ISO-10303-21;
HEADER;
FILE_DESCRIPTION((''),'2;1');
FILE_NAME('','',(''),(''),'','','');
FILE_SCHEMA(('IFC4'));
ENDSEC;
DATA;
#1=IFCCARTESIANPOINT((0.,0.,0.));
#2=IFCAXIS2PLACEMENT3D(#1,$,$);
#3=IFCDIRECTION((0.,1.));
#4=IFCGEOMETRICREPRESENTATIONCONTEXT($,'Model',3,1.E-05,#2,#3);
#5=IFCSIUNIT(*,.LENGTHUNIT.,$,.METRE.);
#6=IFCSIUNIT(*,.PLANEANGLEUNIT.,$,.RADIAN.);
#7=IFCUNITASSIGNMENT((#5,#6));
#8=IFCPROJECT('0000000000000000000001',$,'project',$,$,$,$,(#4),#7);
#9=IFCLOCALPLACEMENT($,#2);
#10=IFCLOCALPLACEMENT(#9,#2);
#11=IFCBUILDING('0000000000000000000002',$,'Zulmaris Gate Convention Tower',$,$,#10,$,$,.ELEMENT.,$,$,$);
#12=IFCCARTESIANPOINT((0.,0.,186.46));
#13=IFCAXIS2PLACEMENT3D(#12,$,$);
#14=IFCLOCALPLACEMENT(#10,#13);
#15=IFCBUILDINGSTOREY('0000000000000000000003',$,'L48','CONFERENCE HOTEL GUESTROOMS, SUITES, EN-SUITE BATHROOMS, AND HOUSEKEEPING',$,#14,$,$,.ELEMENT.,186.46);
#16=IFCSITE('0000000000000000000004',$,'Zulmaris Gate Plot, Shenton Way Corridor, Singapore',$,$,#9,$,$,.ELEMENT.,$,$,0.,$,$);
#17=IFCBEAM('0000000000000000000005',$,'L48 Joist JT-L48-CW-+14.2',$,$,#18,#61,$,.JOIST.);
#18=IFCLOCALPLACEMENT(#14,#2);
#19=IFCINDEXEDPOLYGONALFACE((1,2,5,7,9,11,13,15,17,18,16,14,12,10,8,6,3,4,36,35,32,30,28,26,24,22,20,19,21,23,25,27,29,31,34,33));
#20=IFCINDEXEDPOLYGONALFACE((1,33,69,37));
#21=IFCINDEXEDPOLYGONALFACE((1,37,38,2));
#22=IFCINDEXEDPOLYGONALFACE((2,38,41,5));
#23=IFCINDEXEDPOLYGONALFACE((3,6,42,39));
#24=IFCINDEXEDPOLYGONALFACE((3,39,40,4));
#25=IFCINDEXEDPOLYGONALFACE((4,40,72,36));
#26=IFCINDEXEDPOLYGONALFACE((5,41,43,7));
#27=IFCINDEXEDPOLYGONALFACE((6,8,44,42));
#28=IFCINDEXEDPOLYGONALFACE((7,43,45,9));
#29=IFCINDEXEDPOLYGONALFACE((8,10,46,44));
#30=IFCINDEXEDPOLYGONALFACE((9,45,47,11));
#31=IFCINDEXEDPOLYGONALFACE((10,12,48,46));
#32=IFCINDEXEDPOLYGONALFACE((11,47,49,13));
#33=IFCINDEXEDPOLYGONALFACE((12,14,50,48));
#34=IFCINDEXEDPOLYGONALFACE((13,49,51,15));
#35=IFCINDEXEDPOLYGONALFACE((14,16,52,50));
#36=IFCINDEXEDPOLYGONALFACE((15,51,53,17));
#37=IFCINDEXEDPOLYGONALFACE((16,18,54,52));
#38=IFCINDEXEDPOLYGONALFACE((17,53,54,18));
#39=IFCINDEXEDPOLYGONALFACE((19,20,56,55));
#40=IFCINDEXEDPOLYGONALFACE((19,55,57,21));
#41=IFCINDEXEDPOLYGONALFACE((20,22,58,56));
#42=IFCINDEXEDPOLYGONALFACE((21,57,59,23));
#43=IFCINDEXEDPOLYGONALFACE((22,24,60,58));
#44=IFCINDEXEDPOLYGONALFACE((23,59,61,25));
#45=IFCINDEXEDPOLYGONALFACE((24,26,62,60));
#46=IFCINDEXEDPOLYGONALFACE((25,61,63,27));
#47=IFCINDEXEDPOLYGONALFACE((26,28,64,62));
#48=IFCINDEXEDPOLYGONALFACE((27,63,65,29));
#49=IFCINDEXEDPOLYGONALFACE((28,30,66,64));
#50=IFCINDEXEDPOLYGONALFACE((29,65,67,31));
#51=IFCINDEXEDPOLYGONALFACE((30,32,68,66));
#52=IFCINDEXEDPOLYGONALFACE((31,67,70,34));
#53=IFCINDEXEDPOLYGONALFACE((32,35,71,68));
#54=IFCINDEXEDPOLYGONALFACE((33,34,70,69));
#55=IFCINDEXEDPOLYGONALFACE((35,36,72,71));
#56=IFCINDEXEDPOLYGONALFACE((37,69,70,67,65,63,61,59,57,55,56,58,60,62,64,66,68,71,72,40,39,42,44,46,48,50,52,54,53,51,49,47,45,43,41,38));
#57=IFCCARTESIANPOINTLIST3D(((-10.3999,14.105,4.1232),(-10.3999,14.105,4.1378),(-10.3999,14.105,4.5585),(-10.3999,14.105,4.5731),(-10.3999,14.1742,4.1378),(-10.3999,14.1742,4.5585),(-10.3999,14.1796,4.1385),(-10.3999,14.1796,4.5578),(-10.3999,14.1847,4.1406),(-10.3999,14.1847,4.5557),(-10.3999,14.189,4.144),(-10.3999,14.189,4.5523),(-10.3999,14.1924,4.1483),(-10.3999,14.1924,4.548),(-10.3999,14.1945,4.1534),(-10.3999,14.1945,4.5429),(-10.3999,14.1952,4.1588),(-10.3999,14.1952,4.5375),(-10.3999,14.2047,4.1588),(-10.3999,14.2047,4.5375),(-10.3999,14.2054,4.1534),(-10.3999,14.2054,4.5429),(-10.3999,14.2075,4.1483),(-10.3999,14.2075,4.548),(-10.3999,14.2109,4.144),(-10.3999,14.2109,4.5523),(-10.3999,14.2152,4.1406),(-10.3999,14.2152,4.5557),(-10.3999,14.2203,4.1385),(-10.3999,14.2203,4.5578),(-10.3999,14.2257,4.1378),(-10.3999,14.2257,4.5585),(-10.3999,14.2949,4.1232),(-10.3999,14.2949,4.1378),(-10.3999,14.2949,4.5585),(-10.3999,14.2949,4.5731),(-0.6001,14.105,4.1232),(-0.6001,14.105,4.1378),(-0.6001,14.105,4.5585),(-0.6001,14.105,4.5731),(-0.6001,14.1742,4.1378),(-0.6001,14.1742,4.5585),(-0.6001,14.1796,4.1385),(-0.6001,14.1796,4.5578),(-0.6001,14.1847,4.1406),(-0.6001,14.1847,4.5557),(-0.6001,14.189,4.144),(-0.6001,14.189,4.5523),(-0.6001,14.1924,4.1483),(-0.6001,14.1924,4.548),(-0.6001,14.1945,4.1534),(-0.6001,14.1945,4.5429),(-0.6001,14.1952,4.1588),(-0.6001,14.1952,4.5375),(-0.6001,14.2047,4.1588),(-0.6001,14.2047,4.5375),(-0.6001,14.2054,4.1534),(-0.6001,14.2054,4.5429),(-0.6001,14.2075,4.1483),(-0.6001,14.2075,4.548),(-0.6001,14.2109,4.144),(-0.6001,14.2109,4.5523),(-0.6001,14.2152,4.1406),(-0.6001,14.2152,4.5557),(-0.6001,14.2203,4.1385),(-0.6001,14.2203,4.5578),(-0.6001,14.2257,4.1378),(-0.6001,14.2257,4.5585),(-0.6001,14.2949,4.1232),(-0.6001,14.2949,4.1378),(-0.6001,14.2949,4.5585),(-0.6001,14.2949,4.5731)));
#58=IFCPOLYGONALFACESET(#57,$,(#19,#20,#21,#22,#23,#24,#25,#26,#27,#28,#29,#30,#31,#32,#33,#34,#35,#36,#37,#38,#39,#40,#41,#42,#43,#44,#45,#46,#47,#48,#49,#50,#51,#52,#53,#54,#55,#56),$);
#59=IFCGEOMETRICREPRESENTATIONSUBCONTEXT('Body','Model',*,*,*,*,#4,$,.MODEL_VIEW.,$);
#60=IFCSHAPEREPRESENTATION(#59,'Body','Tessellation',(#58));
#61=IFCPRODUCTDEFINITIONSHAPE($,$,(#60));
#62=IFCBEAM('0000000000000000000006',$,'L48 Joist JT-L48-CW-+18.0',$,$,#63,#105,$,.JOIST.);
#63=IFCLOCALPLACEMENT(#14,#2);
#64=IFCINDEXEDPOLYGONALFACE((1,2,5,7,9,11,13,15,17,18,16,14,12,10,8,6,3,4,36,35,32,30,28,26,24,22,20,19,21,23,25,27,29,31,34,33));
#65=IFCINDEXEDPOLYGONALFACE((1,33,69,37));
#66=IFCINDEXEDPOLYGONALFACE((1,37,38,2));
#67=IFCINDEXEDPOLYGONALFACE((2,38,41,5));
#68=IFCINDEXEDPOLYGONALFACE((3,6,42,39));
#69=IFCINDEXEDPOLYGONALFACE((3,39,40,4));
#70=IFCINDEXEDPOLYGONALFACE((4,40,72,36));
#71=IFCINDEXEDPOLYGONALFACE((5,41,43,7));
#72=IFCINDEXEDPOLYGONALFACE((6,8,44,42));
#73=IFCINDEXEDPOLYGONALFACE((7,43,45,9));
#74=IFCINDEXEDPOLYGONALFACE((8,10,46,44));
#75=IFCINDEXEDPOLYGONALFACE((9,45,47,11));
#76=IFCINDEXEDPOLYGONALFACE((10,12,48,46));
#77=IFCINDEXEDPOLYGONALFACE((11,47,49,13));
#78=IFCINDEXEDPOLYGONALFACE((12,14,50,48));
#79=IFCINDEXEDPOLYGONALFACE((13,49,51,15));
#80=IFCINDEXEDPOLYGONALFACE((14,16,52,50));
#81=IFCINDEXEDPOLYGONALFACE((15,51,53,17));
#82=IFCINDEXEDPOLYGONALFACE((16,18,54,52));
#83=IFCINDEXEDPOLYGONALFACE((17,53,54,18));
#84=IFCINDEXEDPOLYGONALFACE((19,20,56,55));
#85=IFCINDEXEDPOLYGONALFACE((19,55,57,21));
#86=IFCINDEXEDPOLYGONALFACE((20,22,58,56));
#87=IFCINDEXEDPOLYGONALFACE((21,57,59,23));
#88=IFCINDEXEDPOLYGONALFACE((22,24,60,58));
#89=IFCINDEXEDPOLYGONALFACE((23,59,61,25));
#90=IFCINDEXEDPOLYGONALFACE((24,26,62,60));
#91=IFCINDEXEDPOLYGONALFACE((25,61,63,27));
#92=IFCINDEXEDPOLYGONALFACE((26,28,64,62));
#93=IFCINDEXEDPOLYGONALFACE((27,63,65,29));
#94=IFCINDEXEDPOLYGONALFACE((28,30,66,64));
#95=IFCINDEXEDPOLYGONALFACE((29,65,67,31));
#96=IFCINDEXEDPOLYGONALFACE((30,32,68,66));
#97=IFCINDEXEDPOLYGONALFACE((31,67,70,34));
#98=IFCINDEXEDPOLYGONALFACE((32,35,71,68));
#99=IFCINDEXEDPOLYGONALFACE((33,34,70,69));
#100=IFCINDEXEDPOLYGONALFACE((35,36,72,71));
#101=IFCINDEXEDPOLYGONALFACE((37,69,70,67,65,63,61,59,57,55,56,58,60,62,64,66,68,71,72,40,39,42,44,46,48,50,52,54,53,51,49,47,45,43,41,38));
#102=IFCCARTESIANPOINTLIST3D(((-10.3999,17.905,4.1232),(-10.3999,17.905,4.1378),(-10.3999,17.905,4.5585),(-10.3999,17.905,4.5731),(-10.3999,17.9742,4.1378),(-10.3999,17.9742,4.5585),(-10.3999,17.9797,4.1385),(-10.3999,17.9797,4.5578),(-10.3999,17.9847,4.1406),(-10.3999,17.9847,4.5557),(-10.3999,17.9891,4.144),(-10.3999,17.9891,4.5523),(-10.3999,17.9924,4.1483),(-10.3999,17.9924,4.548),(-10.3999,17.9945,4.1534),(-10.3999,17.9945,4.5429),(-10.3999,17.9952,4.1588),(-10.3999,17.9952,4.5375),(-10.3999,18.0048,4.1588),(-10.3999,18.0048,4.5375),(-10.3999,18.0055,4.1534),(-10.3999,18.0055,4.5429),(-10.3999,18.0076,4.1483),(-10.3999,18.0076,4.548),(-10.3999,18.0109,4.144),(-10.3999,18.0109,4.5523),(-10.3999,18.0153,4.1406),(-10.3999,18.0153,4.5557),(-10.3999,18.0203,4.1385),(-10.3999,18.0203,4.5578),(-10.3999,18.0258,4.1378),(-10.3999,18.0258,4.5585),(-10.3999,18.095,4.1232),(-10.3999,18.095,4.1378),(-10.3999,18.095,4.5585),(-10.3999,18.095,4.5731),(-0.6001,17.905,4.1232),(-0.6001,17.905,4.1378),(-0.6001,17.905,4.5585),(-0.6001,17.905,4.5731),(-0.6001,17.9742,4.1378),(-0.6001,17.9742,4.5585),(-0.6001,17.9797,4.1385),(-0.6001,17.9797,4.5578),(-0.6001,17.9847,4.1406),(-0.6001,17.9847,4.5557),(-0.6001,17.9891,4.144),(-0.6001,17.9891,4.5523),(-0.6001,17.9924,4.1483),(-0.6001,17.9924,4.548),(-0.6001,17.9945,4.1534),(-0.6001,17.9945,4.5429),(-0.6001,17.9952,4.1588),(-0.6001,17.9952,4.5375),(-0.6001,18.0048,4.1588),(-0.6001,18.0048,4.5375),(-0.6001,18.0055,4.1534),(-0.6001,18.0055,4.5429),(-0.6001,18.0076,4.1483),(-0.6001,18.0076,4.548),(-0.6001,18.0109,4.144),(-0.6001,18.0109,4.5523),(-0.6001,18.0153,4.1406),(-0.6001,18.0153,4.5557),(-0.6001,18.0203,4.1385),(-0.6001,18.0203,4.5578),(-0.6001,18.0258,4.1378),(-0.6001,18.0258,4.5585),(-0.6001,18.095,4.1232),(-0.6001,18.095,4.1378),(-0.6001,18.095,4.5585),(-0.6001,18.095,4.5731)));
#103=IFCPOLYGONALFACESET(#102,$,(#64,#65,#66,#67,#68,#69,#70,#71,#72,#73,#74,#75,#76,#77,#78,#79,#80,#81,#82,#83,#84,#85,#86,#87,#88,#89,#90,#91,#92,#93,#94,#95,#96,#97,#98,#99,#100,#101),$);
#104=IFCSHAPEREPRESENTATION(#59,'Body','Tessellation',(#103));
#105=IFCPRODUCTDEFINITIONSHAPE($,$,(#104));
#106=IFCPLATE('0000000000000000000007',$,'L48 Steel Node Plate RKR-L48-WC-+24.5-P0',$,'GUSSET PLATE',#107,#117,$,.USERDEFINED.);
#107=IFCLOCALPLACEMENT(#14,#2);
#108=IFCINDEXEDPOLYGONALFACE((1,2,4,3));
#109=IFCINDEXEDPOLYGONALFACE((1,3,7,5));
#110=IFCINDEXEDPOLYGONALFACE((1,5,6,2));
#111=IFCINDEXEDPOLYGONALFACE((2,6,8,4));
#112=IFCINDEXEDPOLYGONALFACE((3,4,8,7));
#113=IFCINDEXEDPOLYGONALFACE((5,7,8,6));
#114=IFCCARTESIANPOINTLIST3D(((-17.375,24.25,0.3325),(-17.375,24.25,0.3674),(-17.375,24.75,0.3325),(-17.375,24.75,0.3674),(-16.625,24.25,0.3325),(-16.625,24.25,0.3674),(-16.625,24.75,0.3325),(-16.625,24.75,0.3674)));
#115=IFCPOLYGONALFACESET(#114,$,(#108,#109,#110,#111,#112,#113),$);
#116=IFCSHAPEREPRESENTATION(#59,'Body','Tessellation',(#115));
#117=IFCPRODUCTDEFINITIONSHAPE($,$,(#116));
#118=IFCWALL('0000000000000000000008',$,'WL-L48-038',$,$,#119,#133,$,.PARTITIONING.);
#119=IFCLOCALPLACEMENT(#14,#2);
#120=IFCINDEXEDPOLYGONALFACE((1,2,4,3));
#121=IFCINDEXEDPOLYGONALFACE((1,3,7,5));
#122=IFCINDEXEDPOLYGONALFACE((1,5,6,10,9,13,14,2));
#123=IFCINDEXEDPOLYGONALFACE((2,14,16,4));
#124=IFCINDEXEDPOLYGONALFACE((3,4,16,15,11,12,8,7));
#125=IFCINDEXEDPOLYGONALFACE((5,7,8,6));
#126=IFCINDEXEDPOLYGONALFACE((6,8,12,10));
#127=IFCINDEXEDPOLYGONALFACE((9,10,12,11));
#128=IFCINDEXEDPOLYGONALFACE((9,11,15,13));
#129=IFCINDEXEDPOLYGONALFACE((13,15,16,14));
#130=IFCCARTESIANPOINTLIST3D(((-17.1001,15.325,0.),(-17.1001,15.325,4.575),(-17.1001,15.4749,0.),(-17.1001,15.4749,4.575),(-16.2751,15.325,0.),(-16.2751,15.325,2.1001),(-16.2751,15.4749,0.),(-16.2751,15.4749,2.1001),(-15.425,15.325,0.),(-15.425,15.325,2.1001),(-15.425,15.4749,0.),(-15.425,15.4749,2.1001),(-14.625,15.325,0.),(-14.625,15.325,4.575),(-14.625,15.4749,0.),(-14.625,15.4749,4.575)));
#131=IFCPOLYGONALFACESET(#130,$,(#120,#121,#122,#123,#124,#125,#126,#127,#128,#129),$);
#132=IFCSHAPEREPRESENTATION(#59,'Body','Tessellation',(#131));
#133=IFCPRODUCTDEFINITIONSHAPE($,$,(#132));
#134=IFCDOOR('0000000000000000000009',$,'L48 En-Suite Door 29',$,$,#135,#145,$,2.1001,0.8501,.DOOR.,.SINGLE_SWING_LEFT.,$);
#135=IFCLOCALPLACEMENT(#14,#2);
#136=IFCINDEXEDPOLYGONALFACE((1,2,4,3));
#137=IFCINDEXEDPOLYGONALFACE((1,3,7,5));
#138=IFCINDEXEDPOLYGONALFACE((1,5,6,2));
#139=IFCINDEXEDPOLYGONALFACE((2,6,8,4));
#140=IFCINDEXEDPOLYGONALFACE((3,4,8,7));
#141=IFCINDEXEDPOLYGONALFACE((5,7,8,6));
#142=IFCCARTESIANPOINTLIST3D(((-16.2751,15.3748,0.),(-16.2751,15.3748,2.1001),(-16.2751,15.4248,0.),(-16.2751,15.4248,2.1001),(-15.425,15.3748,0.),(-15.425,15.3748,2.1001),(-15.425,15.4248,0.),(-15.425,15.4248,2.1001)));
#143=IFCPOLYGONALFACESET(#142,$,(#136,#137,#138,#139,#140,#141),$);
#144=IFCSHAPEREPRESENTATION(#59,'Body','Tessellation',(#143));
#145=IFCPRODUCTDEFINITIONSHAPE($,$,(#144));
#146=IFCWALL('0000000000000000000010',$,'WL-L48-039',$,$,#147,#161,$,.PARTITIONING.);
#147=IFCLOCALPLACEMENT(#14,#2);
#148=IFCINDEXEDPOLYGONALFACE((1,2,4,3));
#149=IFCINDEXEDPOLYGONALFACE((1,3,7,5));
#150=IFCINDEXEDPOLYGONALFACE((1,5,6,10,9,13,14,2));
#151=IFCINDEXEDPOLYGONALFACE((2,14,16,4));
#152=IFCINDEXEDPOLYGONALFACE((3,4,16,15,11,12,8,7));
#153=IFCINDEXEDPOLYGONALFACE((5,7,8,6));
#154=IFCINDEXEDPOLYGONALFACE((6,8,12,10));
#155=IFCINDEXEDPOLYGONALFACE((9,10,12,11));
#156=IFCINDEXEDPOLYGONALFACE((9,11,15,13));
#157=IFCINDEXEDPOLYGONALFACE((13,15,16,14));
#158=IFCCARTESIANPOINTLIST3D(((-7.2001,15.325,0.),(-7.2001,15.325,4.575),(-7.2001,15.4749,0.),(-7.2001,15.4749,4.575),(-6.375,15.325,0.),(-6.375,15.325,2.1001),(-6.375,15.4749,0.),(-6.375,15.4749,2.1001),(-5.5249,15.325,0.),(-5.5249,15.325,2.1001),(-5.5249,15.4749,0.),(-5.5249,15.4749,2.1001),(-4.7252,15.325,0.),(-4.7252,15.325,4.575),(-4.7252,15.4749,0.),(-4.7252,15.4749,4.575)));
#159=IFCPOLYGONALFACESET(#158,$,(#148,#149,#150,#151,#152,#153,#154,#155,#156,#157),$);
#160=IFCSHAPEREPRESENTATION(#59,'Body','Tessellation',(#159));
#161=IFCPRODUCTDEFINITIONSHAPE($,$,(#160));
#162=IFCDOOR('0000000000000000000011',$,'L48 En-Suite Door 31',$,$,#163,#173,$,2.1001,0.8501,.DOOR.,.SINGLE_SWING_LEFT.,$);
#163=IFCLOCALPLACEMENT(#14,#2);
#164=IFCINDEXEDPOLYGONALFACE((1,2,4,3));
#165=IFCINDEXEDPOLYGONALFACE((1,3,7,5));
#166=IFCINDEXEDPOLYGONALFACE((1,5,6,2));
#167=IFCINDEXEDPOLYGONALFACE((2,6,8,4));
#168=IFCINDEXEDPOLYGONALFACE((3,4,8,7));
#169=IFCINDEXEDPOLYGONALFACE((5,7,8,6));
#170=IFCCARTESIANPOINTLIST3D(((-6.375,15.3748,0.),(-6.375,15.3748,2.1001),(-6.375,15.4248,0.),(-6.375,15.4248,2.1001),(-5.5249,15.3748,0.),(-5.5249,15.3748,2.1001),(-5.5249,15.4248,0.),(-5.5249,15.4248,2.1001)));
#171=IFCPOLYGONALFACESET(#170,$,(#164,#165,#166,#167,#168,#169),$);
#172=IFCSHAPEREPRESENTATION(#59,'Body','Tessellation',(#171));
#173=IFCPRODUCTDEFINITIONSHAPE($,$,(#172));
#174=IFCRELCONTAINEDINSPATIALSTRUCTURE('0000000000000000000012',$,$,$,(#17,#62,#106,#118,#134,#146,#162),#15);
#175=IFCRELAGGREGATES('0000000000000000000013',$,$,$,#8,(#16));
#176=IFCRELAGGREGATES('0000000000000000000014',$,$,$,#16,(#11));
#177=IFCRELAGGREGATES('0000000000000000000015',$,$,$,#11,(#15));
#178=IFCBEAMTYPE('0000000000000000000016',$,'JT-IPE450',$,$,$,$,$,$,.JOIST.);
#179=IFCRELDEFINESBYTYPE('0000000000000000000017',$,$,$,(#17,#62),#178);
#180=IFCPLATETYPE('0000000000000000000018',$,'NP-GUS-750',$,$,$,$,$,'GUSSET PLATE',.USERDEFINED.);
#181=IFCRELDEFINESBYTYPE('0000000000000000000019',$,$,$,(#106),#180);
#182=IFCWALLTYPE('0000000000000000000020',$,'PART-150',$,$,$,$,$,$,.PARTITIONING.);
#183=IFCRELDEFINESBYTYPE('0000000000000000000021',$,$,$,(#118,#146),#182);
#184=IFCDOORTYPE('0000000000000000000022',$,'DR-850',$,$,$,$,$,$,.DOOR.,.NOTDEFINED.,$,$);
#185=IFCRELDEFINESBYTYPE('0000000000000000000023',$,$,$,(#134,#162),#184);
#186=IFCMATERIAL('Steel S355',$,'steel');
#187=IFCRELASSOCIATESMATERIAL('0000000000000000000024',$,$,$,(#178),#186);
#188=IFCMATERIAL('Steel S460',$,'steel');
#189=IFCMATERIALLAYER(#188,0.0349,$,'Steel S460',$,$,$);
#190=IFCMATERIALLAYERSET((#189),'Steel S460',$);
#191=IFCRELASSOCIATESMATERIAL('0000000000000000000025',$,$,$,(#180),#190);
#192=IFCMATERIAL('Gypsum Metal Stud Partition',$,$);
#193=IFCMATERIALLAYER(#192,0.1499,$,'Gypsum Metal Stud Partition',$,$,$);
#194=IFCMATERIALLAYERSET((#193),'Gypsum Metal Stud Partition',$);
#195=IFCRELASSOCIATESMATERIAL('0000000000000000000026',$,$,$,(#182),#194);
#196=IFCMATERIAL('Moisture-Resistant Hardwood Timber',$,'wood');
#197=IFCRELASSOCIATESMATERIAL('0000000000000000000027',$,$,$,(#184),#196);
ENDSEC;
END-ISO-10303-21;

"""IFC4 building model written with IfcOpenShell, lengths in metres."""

from ifc_helpers import new_model, si_unit, direction, frame, frame_2d, origin, origin_2d, place, context, subcontext, project, spatial, rectangle, i_section, extrude, material, layer, layer_set, material_profile, profile_set, type_object, element, fill, save


model = new_model("IFC4")

# Units and contexts
model_context = context("Model", 3, precision=1e-05, world=origin(), true_north=direction((0.0, 1.0)))
body_context = subcontext(model_context, "Body", "Model", "MODEL_VIEW")
ifc_project = project(units=[si_unit("LENGTHUNIT", "METRE"), si_unit("PLANEANGLEUNIT", "RADIAN")], contexts=[model_context])

# Site, building, storey
site_placement = place(None, origin())
site = spatial("IfcSite", under=ifc_project, at=site_placement, Name="Zulmaris Gate Plot, Shenton Way Corridor, Singapore", CompositionType="ELEMENT", RefElevation=0.0)
building_placement = place(site_placement, origin())
building = spatial("IfcBuilding", under=site, at=building_placement, Name="Zulmaris Gate Convention Tower", CompositionType="ELEMENT")
storey_placement = place(building_placement, frame((0.0, 0.0, 186.46)))
storey = spatial("IfcBuildingStorey", under=building, at=storey_placement, Name="L48", Description="CONFERENCE HOTEL GUESTROOMS, SUITES, EN-SUITE BATHROOMS, AND HOUSEKEEPING", CompositionType="ELEMENT", Elevation=186.46)

# Shared definitions
ifc_material_1 = material(Name="Steel S460", Category="steel")

# Beams
ifc_material_2 = material(Name="Steel S355", Category="steel")
ifc_material_profile_1 = material_profile(ifc_material_2, i_section(OverallWidth=0.1899, OverallDepth=0.45, WebThickness=0.0095, FlangeThickness=0.0146, FilletRadius=0.021, at=origin_2d()), Name="IPE 450")
ifc_profile_set_1 = profile_set([ifc_material_profile_1], Name="Steel S355")
beam_type_1 = type_object("IfcBeamType", Name="JT-IPE450", PredefinedType="JOIST", material=ifc_profile_set_1)
for number, where, z_axis, x_axis, name in (
    (1, (-10.3999, 14.2, 4.3481), (1.0, 0.0, 0.0), (0.0, 1.0, 0.0), "L48 Joist JT-L48-CW-+14.2"),
    (2, (-10.3999, 18.0, 4.3481), (1.0, 0.0, 0.0), (0.0, 1.0, 0.0), "L48 Joist JT-L48-CW-+18.0"),
):
    element("IfcBeam", number, at=place(storey_placement, frame(where, z_axis=z_axis, x_axis=x_axis)), inside=storey, type_object=beam_type_1, Name=name, PredefinedType="JOIST", context=body_context, shape_type="SweptSolid", body=[
        extrude(i_section(OverallWidth=0.1899, OverallDepth=0.45, WebThickness=0.0095, FlangeThickness=0.0146, FilletRadius=0.021, at=origin_2d()), origin(), (0.0, 0.0, 1.0), 9.7998),
    ])

# Plate
ifc_layer_1 = layer(ifc_material_1, 0.0349, Name="Steel S460")
ifc_layer_set_1 = layer_set([ifc_layer_1], Name="Steel S460")
plate_type = type_object("IfcPlateType", Name="NP-GUS-750", ElementType="GUSSET PLATE", PredefinedType="USERDEFINED", material=ifc_layer_set_1)
plate_placement = place(storey_placement, frame((-17.0, 24.5, 0.3325), z_axis=(0.0, 0.0, 1.0), x_axis=(1.0, 0.0, 0.0)))
element("IfcPlate", 3, at=plate_placement, inside=storey, type_object=plate_type, Name="L48 Steel Node Plate RKR-L48-WC-+24.5-P0", ObjectType="GUSSET PLATE", PredefinedType="USERDEFINED", context=body_context, shape_type="SweptSolid", body=[
    extrude(rectangle(XDim=0.75, YDim=0.5, at=origin_2d()), origin(), (0.0, 0.0, 1.0), 0.0349),
])

# Walls, openings, doors
ifc_material_3 = material(Name="Gypsum Metal Stud Partition")
ifc_layer_2 = layer(ifc_material_3, 0.1499, Name="Gypsum Metal Stud Partition")
ifc_layer_set_2 = layer_set([ifc_layer_2], Name="Gypsum Metal Stud Partition")
wall_type_1 = type_object("IfcWallType", Name="PART-150", PredefinedType="PARTITIONING", material=ifc_layer_set_2)
wall_1_placement = place(storey_placement, frame((-17.1001, 15.3999, 0.0), z_axis=(0.0, 0.0, 1.0), x_axis=(1.0, 0.0, 0.0)))
wall_1 = element("IfcWall", 4, at=wall_1_placement, inside=storey, type_object=wall_type_1, Name="WL-L48-038", PredefinedType="PARTITIONING", context=body_context, shape_type="SweptSolid", body=[
    extrude(rectangle(XDim=2.4751, YDim=0.1499, at=frame_2d((1.2375, 0.0))), origin(), (0.0, 0.0, 1.0), 4.575),
])
opening_1_placement = place(wall_1_placement, frame((0.825, 0.0, 0.0)))
opening_1 = element("IfcOpeningElement", 5, at=opening_1_placement, cuts=wall_1, PredefinedType="OPENING", context=body_context, shape_type="SweptSolid", body=[
    extrude(rectangle(XDim=0.8501, YDim=2.1001, at=frame_2d((0.425, 1.05))), frame((0.0, 0.085, 0.0), z_axis=(0.0, -1.0, 0.0), x_axis=(1.0, 0.0, 0.0)), (0.0, 0.0, 1.0), 0.1699),
])
ifc_material_4 = material(Name="Moisture-Resistant Hardwood Timber", Category="wood")
door_type = type_object("IfcDoorType", Name="DR-850", OperationType="NOTDEFINED", PredefinedType="DOOR", material=ifc_material_4)
door_1_placement = place(opening_1_placement, origin())
door_1 = element("IfcDoor", 6, at=door_1_placement, inside=storey, type_object=door_type, Name="L48 En-Suite Door 29", OperationType="SINGLE_SWING_LEFT", OverallHeight=2.1001, OverallWidth=0.8501, PredefinedType="DOOR", context=body_context, shape_type="SweptSolid", body=[
    extrude(rectangle(XDim=0.8501, YDim=2.1001, at=frame_2d((0.425, 1.05))), frame((0.0, 0.0249, 0.0), z_axis=(0.0, -1.0, 0.0), x_axis=(1.0, 0.0, 0.0)), (0.0, 0.0, 1.0), 0.05),
])
fill(opening_1, door_1)
wall_2_placement = place(storey_placement, frame((-7.2, 15.3999, 0.0), z_axis=(0.0, 0.0, 1.0), x_axis=(1.0, 0.0, 0.0)))
wall_2 = element("IfcWall", 7, at=wall_2_placement, inside=storey, type_object=wall_type_1, Name="WL-L48-039", PredefinedType="PARTITIONING", context=body_context, shape_type="SweptSolid", body=[
    extrude(rectangle(XDim=2.4749, YDim=0.1499, at=frame_2d((1.2373, 0.0))), origin(), (0.0, 0.0, 1.0), 4.575),
])
opening_2_placement = place(wall_2_placement, frame((0.825, 0.0, 0.0)))
opening_2 = element("IfcOpeningElement", 8, at=opening_2_placement, cuts=wall_2, PredefinedType="OPENING", context=body_context, shape_type="SweptSolid", body=[
    extrude(rectangle(XDim=0.8501, YDim=2.1001, at=frame_2d((0.425, 1.05))), frame((0.0, 0.085, 0.0), z_axis=(0.0, -1.0, 0.0), x_axis=(1.0, 0.0, 0.0)), (0.0, 0.0, 1.0), 0.1699),
])
door_2_placement = place(opening_2_placement, origin())
door_2 = element("IfcDoor", 9, at=door_2_placement, inside=storey, type_object=door_type, Name="L48 En-Suite Door 31", OperationType="SINGLE_SWING_LEFT", OverallHeight=2.1001, OverallWidth=0.8501, PredefinedType="DOOR", context=body_context, shape_type="SweptSolid", body=[
    extrude(rectangle(XDim=0.8501, YDim=2.1001, at=frame_2d((0.425, 1.05))), frame((0.0, 0.0249, 0.0), z_axis=(0.0, -1.0, 0.0), x_axis=(1.0, 0.0, 0.0)), (0.0, 0.0, 1.0), 0.05),
])
fill(opening_2, door_2)

save(model, "model.ifc")
